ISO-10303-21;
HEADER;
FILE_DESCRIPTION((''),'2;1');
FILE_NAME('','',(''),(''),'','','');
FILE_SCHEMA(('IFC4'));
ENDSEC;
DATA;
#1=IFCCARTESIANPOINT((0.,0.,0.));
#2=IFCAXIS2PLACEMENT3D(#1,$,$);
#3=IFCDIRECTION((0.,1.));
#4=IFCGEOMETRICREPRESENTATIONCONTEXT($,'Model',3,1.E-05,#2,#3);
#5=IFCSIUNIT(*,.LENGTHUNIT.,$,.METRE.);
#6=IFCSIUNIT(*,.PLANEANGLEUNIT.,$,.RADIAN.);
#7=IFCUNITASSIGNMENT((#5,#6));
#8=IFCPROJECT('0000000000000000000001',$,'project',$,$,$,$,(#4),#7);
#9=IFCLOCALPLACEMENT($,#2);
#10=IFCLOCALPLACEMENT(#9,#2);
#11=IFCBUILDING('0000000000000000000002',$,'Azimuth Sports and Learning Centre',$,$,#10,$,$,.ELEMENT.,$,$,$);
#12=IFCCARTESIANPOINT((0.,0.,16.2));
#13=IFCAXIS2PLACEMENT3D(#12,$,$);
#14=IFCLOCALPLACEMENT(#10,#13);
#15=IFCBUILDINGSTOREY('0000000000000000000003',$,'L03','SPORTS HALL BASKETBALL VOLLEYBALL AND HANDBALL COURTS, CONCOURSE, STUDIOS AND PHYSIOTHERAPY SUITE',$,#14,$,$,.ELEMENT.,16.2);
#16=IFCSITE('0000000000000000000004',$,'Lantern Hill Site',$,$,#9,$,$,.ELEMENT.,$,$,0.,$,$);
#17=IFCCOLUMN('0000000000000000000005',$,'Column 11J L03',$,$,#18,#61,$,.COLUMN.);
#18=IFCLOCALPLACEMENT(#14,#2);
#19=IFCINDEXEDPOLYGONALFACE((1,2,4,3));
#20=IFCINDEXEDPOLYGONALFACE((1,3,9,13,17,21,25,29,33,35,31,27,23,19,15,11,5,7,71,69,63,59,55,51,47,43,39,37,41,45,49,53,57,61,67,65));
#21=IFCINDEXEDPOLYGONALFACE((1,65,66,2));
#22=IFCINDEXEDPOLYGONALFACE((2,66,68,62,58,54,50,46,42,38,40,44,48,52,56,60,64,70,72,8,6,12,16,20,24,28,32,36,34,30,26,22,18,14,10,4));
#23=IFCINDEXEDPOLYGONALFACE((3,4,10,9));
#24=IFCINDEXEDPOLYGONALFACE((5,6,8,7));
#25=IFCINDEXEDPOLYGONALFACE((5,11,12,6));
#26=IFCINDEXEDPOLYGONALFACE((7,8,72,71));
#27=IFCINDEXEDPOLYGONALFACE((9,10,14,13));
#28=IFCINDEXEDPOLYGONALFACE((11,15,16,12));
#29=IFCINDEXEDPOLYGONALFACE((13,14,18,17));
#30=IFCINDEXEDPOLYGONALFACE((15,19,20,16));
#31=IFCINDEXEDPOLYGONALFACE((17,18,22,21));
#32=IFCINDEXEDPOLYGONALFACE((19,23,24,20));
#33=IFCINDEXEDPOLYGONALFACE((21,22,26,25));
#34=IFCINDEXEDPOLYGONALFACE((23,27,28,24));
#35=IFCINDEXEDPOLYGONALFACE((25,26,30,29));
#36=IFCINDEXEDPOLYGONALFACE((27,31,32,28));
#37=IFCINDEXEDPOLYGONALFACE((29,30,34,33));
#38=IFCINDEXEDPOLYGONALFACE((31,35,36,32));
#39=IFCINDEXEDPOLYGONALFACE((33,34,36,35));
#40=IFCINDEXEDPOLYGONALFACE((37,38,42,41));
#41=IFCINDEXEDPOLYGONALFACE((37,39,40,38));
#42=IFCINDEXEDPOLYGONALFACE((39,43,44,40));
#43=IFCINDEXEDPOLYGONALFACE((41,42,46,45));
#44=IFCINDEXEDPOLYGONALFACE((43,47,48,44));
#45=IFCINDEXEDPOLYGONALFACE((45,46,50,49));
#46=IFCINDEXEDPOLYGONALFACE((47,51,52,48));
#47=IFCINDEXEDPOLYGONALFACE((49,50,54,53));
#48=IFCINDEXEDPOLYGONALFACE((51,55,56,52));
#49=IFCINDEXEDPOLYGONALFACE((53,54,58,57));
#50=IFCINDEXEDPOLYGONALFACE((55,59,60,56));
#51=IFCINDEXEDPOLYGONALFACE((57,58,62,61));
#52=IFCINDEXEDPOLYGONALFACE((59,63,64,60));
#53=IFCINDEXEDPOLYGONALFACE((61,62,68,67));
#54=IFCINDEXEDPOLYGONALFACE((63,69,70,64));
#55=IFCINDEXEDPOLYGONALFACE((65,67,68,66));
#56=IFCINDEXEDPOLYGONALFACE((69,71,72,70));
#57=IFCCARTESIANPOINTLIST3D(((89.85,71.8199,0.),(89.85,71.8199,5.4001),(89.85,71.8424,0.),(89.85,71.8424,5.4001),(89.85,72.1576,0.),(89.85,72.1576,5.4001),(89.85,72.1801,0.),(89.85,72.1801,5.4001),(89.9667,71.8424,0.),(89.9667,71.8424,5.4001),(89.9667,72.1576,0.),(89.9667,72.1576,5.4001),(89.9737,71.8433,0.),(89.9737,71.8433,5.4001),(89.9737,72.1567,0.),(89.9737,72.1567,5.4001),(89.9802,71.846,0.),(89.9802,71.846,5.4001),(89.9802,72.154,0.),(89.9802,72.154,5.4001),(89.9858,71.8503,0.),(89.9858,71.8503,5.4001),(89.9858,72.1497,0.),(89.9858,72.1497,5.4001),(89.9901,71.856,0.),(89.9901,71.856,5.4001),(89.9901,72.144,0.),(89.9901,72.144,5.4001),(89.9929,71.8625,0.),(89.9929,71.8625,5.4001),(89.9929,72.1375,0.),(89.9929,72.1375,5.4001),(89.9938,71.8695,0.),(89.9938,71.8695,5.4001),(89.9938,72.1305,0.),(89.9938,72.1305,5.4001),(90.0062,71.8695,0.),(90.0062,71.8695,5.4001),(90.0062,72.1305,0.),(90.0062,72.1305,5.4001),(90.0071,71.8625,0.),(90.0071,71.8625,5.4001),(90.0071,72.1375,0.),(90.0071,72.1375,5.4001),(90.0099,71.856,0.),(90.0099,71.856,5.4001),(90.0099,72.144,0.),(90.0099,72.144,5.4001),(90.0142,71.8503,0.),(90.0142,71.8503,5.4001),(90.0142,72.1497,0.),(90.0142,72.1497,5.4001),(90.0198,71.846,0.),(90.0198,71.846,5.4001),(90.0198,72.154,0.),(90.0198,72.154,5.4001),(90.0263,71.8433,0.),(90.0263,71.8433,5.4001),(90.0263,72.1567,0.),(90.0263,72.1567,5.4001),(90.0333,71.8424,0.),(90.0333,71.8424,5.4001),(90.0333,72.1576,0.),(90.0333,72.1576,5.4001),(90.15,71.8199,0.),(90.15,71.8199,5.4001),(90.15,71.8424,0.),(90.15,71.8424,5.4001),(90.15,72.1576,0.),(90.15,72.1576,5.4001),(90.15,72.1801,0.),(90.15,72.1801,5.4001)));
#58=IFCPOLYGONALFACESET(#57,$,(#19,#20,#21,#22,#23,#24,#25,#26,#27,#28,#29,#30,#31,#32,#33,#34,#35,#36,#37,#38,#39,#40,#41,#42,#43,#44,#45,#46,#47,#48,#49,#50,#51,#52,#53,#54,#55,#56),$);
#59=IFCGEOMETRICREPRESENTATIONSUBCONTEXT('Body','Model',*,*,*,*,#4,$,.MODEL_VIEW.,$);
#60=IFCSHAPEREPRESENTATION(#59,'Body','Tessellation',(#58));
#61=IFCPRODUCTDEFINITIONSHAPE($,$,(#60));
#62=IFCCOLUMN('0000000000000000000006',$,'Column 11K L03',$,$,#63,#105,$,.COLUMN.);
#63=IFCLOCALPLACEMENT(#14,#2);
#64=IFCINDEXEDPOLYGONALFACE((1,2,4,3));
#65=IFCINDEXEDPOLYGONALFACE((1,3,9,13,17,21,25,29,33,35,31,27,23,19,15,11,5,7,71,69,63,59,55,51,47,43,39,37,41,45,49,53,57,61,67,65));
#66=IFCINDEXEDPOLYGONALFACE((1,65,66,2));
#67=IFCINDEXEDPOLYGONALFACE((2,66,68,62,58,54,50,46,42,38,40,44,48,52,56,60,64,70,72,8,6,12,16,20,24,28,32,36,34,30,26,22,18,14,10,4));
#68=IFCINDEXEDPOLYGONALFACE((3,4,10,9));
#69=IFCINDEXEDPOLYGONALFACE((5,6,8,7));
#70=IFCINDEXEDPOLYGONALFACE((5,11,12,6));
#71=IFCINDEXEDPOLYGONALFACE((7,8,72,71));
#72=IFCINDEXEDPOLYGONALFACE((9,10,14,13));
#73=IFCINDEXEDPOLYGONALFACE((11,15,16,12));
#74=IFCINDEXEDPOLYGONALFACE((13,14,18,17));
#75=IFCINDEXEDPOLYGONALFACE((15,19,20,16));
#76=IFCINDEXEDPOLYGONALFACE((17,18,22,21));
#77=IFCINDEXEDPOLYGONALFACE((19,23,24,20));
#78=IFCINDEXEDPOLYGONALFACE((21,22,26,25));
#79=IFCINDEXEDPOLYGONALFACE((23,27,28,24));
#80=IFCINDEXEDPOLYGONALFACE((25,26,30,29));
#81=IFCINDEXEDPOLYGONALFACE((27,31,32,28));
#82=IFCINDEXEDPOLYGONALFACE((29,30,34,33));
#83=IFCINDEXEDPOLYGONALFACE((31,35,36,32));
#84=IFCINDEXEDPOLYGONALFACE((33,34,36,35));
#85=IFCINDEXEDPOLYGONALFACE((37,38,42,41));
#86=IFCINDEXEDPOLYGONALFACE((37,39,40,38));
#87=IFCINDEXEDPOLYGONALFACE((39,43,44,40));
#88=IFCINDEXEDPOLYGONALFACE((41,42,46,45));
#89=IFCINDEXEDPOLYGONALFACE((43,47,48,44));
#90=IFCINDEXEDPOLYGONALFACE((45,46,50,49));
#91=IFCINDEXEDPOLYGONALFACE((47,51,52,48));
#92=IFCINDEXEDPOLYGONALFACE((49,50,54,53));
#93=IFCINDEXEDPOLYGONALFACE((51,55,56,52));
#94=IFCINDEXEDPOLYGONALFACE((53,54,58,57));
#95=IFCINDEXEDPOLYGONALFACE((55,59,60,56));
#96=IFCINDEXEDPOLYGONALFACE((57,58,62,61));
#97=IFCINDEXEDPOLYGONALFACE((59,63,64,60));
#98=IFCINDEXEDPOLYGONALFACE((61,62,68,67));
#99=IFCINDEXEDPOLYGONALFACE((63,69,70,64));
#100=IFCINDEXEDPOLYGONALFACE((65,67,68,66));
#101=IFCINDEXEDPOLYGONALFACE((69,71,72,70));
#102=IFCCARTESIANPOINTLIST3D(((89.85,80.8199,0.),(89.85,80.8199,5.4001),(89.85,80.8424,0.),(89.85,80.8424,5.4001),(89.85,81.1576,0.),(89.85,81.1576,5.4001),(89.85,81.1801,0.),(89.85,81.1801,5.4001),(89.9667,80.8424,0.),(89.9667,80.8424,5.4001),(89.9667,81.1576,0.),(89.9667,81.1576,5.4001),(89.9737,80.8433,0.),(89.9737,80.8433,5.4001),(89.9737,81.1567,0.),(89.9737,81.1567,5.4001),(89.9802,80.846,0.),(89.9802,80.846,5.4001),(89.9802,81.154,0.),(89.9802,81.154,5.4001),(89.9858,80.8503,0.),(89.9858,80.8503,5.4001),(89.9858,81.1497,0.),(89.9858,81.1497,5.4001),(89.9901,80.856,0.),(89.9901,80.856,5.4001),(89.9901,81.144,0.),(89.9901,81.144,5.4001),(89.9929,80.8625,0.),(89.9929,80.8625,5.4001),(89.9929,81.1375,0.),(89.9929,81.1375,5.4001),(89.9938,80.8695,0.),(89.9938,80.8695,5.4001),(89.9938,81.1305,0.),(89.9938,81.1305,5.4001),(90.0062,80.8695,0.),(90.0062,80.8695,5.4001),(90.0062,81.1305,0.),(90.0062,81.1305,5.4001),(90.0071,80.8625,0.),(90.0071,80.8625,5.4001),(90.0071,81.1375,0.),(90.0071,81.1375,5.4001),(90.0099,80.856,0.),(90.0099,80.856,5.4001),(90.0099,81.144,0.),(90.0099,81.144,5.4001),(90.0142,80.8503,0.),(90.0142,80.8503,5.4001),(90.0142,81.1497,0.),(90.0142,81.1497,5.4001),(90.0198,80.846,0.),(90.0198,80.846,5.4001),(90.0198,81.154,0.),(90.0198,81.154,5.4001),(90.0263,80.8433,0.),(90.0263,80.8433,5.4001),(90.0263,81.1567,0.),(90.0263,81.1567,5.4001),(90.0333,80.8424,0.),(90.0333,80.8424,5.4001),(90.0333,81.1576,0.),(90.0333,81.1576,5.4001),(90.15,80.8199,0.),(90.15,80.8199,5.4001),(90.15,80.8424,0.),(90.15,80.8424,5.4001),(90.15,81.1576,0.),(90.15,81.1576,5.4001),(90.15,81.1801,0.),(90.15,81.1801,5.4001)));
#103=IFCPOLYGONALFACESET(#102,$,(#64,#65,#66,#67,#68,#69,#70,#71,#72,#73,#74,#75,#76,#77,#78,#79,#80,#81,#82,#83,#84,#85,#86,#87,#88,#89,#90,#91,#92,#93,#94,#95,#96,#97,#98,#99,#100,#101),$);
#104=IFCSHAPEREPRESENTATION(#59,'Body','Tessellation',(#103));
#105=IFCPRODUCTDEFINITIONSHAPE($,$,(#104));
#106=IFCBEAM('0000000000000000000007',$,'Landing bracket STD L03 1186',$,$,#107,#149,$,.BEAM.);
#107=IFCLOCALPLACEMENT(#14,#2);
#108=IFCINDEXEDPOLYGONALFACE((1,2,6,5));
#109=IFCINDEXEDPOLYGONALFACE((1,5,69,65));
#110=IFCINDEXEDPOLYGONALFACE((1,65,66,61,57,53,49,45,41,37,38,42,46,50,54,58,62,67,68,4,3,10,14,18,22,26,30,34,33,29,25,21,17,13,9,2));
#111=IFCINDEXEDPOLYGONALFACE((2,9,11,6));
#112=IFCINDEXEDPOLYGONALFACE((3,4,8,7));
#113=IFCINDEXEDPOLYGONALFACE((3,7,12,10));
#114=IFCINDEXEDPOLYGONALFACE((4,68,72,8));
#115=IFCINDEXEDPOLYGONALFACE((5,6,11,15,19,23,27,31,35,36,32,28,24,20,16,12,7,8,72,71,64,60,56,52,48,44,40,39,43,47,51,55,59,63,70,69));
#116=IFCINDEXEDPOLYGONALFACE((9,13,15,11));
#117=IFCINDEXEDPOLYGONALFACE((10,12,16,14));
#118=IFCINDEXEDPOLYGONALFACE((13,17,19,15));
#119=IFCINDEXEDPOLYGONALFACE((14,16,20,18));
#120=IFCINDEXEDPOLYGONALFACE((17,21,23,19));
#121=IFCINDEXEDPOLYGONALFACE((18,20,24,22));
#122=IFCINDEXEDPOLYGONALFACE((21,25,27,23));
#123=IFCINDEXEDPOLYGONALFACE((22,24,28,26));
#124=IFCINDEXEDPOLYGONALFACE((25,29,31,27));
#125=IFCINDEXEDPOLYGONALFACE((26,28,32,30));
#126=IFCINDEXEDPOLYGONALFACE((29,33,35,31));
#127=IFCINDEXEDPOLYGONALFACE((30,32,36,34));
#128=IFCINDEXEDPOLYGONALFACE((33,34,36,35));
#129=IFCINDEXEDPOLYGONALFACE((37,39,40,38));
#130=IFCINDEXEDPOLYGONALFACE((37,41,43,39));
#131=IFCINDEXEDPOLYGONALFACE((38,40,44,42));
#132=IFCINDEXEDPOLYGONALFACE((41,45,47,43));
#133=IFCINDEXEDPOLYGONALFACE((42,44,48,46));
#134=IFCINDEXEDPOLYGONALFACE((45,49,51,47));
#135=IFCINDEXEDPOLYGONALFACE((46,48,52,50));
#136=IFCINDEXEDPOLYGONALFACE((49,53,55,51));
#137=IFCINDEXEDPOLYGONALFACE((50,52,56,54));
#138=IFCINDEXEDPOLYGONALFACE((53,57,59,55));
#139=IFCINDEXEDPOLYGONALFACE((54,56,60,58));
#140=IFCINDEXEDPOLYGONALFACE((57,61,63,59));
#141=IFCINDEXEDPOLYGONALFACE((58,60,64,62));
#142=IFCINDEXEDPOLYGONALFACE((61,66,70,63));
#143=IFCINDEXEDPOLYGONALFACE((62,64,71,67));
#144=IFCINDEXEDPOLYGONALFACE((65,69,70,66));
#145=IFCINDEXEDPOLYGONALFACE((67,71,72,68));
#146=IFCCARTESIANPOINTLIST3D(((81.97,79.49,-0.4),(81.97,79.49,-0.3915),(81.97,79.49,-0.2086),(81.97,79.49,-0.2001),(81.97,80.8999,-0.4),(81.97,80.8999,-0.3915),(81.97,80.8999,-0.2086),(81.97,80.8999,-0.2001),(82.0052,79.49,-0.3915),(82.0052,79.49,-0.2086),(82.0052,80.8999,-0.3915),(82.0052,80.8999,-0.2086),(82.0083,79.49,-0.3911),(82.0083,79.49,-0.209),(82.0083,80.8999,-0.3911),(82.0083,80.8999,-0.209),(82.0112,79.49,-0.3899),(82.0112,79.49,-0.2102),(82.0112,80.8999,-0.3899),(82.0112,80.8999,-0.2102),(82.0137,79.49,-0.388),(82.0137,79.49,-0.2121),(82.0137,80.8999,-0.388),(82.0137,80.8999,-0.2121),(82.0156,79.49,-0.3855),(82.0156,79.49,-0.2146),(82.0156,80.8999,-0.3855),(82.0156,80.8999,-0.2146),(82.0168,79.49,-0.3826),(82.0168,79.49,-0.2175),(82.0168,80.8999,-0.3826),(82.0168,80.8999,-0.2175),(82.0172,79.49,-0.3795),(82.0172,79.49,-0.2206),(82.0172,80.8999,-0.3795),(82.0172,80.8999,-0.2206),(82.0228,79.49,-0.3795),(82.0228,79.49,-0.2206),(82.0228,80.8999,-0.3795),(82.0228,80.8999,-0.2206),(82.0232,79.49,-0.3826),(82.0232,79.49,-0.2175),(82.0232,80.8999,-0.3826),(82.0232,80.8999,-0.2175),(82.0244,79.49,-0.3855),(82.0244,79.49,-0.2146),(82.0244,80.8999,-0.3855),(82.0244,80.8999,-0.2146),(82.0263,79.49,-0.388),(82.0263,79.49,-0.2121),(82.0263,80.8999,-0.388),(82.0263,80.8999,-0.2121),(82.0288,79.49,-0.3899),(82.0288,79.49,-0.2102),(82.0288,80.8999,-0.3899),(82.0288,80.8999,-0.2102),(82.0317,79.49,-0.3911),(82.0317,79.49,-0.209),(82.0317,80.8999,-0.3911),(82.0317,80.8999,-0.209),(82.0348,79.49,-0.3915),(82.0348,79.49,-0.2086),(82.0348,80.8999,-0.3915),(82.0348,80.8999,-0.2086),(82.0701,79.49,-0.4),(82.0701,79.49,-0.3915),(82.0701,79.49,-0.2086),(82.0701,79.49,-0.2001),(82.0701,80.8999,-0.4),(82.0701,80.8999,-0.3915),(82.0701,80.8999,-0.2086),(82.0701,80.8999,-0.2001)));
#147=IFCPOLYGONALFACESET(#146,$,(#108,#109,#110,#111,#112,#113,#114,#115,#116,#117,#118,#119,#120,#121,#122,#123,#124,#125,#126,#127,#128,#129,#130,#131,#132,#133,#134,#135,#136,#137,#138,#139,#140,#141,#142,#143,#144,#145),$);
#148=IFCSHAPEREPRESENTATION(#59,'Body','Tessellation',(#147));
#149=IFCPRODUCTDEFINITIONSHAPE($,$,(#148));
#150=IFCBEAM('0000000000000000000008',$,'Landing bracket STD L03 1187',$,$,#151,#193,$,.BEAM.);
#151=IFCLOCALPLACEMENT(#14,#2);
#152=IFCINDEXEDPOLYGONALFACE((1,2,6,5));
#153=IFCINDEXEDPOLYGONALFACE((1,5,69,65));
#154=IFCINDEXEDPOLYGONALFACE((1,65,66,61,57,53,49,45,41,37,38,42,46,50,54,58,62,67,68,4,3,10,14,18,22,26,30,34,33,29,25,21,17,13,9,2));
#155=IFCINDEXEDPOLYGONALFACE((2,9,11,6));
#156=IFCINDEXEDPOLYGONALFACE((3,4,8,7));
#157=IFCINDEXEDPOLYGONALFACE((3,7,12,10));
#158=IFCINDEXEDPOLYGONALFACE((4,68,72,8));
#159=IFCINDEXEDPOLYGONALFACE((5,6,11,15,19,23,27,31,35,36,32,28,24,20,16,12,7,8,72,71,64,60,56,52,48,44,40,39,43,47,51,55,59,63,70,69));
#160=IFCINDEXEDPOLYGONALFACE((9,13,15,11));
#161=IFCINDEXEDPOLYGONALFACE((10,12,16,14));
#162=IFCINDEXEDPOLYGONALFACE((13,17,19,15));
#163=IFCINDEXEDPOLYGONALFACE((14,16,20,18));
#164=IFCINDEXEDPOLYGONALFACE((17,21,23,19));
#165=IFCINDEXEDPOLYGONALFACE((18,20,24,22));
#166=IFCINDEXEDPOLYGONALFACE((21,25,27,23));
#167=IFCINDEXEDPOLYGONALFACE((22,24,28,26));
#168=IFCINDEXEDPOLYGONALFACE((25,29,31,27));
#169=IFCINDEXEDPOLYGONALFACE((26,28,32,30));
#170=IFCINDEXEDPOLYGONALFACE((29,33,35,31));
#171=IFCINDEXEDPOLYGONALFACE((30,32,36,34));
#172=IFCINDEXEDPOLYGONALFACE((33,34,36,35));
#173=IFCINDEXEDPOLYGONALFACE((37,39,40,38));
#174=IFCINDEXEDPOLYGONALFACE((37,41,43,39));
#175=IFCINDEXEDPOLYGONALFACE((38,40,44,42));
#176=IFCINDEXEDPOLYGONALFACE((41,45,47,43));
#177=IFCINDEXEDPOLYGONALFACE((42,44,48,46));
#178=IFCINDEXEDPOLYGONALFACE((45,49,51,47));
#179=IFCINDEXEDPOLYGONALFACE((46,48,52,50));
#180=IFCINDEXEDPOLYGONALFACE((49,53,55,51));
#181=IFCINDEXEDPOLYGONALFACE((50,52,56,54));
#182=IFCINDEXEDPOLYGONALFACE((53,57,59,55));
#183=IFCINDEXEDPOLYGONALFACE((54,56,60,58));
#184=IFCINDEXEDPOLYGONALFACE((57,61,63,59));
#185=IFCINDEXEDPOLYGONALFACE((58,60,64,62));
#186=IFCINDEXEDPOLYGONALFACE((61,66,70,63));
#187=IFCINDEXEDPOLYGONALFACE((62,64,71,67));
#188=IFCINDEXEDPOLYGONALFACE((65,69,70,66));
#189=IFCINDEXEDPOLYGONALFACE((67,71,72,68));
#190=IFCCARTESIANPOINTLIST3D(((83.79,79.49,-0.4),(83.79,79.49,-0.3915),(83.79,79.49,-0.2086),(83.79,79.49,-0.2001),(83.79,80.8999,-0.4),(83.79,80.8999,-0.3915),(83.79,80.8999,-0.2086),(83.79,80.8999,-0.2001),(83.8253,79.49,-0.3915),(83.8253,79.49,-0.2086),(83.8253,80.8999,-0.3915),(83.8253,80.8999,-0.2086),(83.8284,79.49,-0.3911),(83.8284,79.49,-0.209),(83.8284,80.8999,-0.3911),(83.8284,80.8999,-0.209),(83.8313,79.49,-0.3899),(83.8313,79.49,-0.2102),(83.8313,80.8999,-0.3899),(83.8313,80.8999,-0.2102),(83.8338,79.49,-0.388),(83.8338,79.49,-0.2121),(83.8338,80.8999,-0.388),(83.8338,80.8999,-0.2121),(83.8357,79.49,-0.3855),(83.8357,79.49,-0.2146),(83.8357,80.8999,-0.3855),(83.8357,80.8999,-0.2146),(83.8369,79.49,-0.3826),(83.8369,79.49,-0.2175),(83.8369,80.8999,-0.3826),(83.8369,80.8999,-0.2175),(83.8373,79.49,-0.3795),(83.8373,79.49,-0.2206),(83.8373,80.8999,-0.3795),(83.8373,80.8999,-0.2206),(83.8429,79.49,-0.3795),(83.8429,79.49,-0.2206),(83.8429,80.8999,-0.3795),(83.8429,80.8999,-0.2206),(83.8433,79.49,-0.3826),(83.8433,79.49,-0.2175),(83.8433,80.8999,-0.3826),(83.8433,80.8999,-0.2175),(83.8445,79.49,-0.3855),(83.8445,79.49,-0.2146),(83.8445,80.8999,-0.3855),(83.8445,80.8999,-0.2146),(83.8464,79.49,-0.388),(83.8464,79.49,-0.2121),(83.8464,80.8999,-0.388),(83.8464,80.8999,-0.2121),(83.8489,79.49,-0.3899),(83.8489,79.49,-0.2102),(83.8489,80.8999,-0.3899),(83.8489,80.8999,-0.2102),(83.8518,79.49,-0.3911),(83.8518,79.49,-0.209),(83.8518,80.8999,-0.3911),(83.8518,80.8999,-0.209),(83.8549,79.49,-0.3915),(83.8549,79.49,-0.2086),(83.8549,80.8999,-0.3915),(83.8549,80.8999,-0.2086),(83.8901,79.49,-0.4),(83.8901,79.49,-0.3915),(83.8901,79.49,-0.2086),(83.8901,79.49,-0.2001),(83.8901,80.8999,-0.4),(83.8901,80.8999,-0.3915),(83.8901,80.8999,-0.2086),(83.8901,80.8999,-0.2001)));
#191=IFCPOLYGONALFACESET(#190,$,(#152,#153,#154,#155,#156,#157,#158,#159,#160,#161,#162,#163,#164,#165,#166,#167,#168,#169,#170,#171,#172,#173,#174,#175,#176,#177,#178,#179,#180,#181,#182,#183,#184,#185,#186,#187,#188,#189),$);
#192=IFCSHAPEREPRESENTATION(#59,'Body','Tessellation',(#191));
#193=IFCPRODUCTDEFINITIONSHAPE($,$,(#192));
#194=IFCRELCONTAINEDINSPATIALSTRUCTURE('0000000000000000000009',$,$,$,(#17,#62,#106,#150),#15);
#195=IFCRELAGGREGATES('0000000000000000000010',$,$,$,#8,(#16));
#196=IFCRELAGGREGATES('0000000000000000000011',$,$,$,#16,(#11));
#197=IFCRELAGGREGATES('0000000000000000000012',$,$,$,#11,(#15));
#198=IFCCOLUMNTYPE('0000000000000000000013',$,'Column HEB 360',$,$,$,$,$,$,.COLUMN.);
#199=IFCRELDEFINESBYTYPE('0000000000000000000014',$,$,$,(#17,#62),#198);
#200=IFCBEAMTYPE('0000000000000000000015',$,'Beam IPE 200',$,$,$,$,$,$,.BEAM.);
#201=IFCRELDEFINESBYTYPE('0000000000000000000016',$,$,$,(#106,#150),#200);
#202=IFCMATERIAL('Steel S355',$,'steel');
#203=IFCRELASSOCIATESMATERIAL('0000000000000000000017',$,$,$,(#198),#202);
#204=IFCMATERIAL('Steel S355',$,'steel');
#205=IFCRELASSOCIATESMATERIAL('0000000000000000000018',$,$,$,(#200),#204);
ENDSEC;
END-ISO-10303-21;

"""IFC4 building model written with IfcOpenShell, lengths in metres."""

from ifc_helpers import new_model, si_unit, direction, frame, origin, origin_2d, place, context, subcontext, project, spatial, i_section, extrude, material, material_profile, profile_set, type_object, element, save


model = new_model("IFC4")

# Units and contexts
model_context = context("Model", 3, precision=1e-05, world=origin(), true_north=direction((0.0, 1.0)))
body_context = subcontext(model_context, "Body", "Model", "MODEL_VIEW")
ifc_project = project(units=[si_unit("LENGTHUNIT", "METRE"), si_unit("PLANEANGLEUNIT", "RADIAN")], contexts=[model_context])

# Site, building, storey
site_placement = place(None, origin())
site = spatial("IfcSite", under=ifc_project, at=site_placement, Name="Lantern Hill Site", CompositionType="ELEMENT", RefElevation=0.0)
building_placement = place(site_placement, origin())
building = spatial("IfcBuilding", under=site, at=building_placement, Name="Azimuth Sports and Learning Centre", CompositionType="ELEMENT")
storey_placement = place(building_placement, frame((0.0, 0.0, 16.2)))
storey = spatial("IfcBuildingStorey", under=building, at=storey_placement, Name="L03", Description="SPORTS HALL BASKETBALL VOLLEYBALL AND HANDBALL COURTS, CONCOURSE, STUDIOS AND PHYSIOTHERAPY SUITE", CompositionType="ELEMENT", Elevation=16.2)

# Columns
ifc_material_1 = material(Name="Steel S355", Category="steel")
ifc_material_profile_1 = material_profile(ifc_material_1, i_section(OverallWidth=0.3, OverallDepth=0.3601, WebThickness=0.0125, FlangeThickness=0.0225, FilletRadius=0.0271, at=origin_2d()), Name="HEB 360")
ifc_profile_set_1 = profile_set([ifc_material_profile_1], Name="Steel S355")
column_type = type_object("IfcColumnType", Name="Column HEB 360", PredefinedType="COLUMN", material=ifc_profile_set_1)
for number, where, z_axis, x_axis, name in (
    (1, (90.0, 72.0, 0.0), (0.0, 0.0, 1.0), (1.0, 0.0, 0.0), "Column 11J L03"),
    (2, (90.0, 81.0, 0.0), (0.0, 0.0, 1.0), (1.0, 0.0, 0.0), "Column 11K L03"),
):
    element("IfcColumn", number, at=place(storey_placement, frame(where, z_axis=z_axis, x_axis=x_axis)), inside=storey, type_object=column_type, Name=name, PredefinedType="COLUMN", context=body_context, shape_type="SweptSolid", body=[
        extrude(i_section(OverallWidth=0.3, OverallDepth=0.3601, WebThickness=0.0125, FlangeThickness=0.0225, FilletRadius=0.0271, at=origin_2d()), origin(), (0.0, 0.0, 1.0), 5.4001),
    ])

# Beams
ifc_material_2 = material(Name="Steel S355", Category="steel")
ifc_material_profile_2 = material_profile(ifc_material_2, i_section(OverallWidth=0.1001, OverallDepth=0.2, WebThickness=0.0056, FlangeThickness=0.0085, FilletRadius=0.012, at=origin_2d()), Name="IPE 200")
ifc_profile_set_2 = profile_set([ifc_material_profile_2], Name="Steel S355")
beam_type_1 = type_object("IfcBeamType", Name="Beam IPE 200", PredefinedType="BEAM", material=ifc_profile_set_2)
for number, where, z_axis, x_axis, name in (
    (3, (82.02, 80.8999, -0.3), (0.0, -1.0, 0.0), (1.0, 0.0, 0.0), "Landing bracket STD L03 1186"),
    (4, (83.8401, 80.8999, -0.3), (0.0, -1.0, 0.0), (1.0, 0.0, 0.0), "Landing bracket STD L03 1187"),
):
    element("IfcBeam", number, at=place(storey_placement, frame(where, z_axis=z_axis, x_axis=x_axis)), inside=storey, type_object=beam_type_1, Name=name, PredefinedType="BEAM", context=body_context, shape_type="SweptSolid", body=[
        extrude(i_section(OverallWidth=0.1001, OverallDepth=0.2, WebThickness=0.0056, FlangeThickness=0.0085, FilletRadius=0.012, at=origin_2d()), origin(), (0.0, 0.0, 1.0), 1.4099),
    ])

save(model, "model.ifc")
